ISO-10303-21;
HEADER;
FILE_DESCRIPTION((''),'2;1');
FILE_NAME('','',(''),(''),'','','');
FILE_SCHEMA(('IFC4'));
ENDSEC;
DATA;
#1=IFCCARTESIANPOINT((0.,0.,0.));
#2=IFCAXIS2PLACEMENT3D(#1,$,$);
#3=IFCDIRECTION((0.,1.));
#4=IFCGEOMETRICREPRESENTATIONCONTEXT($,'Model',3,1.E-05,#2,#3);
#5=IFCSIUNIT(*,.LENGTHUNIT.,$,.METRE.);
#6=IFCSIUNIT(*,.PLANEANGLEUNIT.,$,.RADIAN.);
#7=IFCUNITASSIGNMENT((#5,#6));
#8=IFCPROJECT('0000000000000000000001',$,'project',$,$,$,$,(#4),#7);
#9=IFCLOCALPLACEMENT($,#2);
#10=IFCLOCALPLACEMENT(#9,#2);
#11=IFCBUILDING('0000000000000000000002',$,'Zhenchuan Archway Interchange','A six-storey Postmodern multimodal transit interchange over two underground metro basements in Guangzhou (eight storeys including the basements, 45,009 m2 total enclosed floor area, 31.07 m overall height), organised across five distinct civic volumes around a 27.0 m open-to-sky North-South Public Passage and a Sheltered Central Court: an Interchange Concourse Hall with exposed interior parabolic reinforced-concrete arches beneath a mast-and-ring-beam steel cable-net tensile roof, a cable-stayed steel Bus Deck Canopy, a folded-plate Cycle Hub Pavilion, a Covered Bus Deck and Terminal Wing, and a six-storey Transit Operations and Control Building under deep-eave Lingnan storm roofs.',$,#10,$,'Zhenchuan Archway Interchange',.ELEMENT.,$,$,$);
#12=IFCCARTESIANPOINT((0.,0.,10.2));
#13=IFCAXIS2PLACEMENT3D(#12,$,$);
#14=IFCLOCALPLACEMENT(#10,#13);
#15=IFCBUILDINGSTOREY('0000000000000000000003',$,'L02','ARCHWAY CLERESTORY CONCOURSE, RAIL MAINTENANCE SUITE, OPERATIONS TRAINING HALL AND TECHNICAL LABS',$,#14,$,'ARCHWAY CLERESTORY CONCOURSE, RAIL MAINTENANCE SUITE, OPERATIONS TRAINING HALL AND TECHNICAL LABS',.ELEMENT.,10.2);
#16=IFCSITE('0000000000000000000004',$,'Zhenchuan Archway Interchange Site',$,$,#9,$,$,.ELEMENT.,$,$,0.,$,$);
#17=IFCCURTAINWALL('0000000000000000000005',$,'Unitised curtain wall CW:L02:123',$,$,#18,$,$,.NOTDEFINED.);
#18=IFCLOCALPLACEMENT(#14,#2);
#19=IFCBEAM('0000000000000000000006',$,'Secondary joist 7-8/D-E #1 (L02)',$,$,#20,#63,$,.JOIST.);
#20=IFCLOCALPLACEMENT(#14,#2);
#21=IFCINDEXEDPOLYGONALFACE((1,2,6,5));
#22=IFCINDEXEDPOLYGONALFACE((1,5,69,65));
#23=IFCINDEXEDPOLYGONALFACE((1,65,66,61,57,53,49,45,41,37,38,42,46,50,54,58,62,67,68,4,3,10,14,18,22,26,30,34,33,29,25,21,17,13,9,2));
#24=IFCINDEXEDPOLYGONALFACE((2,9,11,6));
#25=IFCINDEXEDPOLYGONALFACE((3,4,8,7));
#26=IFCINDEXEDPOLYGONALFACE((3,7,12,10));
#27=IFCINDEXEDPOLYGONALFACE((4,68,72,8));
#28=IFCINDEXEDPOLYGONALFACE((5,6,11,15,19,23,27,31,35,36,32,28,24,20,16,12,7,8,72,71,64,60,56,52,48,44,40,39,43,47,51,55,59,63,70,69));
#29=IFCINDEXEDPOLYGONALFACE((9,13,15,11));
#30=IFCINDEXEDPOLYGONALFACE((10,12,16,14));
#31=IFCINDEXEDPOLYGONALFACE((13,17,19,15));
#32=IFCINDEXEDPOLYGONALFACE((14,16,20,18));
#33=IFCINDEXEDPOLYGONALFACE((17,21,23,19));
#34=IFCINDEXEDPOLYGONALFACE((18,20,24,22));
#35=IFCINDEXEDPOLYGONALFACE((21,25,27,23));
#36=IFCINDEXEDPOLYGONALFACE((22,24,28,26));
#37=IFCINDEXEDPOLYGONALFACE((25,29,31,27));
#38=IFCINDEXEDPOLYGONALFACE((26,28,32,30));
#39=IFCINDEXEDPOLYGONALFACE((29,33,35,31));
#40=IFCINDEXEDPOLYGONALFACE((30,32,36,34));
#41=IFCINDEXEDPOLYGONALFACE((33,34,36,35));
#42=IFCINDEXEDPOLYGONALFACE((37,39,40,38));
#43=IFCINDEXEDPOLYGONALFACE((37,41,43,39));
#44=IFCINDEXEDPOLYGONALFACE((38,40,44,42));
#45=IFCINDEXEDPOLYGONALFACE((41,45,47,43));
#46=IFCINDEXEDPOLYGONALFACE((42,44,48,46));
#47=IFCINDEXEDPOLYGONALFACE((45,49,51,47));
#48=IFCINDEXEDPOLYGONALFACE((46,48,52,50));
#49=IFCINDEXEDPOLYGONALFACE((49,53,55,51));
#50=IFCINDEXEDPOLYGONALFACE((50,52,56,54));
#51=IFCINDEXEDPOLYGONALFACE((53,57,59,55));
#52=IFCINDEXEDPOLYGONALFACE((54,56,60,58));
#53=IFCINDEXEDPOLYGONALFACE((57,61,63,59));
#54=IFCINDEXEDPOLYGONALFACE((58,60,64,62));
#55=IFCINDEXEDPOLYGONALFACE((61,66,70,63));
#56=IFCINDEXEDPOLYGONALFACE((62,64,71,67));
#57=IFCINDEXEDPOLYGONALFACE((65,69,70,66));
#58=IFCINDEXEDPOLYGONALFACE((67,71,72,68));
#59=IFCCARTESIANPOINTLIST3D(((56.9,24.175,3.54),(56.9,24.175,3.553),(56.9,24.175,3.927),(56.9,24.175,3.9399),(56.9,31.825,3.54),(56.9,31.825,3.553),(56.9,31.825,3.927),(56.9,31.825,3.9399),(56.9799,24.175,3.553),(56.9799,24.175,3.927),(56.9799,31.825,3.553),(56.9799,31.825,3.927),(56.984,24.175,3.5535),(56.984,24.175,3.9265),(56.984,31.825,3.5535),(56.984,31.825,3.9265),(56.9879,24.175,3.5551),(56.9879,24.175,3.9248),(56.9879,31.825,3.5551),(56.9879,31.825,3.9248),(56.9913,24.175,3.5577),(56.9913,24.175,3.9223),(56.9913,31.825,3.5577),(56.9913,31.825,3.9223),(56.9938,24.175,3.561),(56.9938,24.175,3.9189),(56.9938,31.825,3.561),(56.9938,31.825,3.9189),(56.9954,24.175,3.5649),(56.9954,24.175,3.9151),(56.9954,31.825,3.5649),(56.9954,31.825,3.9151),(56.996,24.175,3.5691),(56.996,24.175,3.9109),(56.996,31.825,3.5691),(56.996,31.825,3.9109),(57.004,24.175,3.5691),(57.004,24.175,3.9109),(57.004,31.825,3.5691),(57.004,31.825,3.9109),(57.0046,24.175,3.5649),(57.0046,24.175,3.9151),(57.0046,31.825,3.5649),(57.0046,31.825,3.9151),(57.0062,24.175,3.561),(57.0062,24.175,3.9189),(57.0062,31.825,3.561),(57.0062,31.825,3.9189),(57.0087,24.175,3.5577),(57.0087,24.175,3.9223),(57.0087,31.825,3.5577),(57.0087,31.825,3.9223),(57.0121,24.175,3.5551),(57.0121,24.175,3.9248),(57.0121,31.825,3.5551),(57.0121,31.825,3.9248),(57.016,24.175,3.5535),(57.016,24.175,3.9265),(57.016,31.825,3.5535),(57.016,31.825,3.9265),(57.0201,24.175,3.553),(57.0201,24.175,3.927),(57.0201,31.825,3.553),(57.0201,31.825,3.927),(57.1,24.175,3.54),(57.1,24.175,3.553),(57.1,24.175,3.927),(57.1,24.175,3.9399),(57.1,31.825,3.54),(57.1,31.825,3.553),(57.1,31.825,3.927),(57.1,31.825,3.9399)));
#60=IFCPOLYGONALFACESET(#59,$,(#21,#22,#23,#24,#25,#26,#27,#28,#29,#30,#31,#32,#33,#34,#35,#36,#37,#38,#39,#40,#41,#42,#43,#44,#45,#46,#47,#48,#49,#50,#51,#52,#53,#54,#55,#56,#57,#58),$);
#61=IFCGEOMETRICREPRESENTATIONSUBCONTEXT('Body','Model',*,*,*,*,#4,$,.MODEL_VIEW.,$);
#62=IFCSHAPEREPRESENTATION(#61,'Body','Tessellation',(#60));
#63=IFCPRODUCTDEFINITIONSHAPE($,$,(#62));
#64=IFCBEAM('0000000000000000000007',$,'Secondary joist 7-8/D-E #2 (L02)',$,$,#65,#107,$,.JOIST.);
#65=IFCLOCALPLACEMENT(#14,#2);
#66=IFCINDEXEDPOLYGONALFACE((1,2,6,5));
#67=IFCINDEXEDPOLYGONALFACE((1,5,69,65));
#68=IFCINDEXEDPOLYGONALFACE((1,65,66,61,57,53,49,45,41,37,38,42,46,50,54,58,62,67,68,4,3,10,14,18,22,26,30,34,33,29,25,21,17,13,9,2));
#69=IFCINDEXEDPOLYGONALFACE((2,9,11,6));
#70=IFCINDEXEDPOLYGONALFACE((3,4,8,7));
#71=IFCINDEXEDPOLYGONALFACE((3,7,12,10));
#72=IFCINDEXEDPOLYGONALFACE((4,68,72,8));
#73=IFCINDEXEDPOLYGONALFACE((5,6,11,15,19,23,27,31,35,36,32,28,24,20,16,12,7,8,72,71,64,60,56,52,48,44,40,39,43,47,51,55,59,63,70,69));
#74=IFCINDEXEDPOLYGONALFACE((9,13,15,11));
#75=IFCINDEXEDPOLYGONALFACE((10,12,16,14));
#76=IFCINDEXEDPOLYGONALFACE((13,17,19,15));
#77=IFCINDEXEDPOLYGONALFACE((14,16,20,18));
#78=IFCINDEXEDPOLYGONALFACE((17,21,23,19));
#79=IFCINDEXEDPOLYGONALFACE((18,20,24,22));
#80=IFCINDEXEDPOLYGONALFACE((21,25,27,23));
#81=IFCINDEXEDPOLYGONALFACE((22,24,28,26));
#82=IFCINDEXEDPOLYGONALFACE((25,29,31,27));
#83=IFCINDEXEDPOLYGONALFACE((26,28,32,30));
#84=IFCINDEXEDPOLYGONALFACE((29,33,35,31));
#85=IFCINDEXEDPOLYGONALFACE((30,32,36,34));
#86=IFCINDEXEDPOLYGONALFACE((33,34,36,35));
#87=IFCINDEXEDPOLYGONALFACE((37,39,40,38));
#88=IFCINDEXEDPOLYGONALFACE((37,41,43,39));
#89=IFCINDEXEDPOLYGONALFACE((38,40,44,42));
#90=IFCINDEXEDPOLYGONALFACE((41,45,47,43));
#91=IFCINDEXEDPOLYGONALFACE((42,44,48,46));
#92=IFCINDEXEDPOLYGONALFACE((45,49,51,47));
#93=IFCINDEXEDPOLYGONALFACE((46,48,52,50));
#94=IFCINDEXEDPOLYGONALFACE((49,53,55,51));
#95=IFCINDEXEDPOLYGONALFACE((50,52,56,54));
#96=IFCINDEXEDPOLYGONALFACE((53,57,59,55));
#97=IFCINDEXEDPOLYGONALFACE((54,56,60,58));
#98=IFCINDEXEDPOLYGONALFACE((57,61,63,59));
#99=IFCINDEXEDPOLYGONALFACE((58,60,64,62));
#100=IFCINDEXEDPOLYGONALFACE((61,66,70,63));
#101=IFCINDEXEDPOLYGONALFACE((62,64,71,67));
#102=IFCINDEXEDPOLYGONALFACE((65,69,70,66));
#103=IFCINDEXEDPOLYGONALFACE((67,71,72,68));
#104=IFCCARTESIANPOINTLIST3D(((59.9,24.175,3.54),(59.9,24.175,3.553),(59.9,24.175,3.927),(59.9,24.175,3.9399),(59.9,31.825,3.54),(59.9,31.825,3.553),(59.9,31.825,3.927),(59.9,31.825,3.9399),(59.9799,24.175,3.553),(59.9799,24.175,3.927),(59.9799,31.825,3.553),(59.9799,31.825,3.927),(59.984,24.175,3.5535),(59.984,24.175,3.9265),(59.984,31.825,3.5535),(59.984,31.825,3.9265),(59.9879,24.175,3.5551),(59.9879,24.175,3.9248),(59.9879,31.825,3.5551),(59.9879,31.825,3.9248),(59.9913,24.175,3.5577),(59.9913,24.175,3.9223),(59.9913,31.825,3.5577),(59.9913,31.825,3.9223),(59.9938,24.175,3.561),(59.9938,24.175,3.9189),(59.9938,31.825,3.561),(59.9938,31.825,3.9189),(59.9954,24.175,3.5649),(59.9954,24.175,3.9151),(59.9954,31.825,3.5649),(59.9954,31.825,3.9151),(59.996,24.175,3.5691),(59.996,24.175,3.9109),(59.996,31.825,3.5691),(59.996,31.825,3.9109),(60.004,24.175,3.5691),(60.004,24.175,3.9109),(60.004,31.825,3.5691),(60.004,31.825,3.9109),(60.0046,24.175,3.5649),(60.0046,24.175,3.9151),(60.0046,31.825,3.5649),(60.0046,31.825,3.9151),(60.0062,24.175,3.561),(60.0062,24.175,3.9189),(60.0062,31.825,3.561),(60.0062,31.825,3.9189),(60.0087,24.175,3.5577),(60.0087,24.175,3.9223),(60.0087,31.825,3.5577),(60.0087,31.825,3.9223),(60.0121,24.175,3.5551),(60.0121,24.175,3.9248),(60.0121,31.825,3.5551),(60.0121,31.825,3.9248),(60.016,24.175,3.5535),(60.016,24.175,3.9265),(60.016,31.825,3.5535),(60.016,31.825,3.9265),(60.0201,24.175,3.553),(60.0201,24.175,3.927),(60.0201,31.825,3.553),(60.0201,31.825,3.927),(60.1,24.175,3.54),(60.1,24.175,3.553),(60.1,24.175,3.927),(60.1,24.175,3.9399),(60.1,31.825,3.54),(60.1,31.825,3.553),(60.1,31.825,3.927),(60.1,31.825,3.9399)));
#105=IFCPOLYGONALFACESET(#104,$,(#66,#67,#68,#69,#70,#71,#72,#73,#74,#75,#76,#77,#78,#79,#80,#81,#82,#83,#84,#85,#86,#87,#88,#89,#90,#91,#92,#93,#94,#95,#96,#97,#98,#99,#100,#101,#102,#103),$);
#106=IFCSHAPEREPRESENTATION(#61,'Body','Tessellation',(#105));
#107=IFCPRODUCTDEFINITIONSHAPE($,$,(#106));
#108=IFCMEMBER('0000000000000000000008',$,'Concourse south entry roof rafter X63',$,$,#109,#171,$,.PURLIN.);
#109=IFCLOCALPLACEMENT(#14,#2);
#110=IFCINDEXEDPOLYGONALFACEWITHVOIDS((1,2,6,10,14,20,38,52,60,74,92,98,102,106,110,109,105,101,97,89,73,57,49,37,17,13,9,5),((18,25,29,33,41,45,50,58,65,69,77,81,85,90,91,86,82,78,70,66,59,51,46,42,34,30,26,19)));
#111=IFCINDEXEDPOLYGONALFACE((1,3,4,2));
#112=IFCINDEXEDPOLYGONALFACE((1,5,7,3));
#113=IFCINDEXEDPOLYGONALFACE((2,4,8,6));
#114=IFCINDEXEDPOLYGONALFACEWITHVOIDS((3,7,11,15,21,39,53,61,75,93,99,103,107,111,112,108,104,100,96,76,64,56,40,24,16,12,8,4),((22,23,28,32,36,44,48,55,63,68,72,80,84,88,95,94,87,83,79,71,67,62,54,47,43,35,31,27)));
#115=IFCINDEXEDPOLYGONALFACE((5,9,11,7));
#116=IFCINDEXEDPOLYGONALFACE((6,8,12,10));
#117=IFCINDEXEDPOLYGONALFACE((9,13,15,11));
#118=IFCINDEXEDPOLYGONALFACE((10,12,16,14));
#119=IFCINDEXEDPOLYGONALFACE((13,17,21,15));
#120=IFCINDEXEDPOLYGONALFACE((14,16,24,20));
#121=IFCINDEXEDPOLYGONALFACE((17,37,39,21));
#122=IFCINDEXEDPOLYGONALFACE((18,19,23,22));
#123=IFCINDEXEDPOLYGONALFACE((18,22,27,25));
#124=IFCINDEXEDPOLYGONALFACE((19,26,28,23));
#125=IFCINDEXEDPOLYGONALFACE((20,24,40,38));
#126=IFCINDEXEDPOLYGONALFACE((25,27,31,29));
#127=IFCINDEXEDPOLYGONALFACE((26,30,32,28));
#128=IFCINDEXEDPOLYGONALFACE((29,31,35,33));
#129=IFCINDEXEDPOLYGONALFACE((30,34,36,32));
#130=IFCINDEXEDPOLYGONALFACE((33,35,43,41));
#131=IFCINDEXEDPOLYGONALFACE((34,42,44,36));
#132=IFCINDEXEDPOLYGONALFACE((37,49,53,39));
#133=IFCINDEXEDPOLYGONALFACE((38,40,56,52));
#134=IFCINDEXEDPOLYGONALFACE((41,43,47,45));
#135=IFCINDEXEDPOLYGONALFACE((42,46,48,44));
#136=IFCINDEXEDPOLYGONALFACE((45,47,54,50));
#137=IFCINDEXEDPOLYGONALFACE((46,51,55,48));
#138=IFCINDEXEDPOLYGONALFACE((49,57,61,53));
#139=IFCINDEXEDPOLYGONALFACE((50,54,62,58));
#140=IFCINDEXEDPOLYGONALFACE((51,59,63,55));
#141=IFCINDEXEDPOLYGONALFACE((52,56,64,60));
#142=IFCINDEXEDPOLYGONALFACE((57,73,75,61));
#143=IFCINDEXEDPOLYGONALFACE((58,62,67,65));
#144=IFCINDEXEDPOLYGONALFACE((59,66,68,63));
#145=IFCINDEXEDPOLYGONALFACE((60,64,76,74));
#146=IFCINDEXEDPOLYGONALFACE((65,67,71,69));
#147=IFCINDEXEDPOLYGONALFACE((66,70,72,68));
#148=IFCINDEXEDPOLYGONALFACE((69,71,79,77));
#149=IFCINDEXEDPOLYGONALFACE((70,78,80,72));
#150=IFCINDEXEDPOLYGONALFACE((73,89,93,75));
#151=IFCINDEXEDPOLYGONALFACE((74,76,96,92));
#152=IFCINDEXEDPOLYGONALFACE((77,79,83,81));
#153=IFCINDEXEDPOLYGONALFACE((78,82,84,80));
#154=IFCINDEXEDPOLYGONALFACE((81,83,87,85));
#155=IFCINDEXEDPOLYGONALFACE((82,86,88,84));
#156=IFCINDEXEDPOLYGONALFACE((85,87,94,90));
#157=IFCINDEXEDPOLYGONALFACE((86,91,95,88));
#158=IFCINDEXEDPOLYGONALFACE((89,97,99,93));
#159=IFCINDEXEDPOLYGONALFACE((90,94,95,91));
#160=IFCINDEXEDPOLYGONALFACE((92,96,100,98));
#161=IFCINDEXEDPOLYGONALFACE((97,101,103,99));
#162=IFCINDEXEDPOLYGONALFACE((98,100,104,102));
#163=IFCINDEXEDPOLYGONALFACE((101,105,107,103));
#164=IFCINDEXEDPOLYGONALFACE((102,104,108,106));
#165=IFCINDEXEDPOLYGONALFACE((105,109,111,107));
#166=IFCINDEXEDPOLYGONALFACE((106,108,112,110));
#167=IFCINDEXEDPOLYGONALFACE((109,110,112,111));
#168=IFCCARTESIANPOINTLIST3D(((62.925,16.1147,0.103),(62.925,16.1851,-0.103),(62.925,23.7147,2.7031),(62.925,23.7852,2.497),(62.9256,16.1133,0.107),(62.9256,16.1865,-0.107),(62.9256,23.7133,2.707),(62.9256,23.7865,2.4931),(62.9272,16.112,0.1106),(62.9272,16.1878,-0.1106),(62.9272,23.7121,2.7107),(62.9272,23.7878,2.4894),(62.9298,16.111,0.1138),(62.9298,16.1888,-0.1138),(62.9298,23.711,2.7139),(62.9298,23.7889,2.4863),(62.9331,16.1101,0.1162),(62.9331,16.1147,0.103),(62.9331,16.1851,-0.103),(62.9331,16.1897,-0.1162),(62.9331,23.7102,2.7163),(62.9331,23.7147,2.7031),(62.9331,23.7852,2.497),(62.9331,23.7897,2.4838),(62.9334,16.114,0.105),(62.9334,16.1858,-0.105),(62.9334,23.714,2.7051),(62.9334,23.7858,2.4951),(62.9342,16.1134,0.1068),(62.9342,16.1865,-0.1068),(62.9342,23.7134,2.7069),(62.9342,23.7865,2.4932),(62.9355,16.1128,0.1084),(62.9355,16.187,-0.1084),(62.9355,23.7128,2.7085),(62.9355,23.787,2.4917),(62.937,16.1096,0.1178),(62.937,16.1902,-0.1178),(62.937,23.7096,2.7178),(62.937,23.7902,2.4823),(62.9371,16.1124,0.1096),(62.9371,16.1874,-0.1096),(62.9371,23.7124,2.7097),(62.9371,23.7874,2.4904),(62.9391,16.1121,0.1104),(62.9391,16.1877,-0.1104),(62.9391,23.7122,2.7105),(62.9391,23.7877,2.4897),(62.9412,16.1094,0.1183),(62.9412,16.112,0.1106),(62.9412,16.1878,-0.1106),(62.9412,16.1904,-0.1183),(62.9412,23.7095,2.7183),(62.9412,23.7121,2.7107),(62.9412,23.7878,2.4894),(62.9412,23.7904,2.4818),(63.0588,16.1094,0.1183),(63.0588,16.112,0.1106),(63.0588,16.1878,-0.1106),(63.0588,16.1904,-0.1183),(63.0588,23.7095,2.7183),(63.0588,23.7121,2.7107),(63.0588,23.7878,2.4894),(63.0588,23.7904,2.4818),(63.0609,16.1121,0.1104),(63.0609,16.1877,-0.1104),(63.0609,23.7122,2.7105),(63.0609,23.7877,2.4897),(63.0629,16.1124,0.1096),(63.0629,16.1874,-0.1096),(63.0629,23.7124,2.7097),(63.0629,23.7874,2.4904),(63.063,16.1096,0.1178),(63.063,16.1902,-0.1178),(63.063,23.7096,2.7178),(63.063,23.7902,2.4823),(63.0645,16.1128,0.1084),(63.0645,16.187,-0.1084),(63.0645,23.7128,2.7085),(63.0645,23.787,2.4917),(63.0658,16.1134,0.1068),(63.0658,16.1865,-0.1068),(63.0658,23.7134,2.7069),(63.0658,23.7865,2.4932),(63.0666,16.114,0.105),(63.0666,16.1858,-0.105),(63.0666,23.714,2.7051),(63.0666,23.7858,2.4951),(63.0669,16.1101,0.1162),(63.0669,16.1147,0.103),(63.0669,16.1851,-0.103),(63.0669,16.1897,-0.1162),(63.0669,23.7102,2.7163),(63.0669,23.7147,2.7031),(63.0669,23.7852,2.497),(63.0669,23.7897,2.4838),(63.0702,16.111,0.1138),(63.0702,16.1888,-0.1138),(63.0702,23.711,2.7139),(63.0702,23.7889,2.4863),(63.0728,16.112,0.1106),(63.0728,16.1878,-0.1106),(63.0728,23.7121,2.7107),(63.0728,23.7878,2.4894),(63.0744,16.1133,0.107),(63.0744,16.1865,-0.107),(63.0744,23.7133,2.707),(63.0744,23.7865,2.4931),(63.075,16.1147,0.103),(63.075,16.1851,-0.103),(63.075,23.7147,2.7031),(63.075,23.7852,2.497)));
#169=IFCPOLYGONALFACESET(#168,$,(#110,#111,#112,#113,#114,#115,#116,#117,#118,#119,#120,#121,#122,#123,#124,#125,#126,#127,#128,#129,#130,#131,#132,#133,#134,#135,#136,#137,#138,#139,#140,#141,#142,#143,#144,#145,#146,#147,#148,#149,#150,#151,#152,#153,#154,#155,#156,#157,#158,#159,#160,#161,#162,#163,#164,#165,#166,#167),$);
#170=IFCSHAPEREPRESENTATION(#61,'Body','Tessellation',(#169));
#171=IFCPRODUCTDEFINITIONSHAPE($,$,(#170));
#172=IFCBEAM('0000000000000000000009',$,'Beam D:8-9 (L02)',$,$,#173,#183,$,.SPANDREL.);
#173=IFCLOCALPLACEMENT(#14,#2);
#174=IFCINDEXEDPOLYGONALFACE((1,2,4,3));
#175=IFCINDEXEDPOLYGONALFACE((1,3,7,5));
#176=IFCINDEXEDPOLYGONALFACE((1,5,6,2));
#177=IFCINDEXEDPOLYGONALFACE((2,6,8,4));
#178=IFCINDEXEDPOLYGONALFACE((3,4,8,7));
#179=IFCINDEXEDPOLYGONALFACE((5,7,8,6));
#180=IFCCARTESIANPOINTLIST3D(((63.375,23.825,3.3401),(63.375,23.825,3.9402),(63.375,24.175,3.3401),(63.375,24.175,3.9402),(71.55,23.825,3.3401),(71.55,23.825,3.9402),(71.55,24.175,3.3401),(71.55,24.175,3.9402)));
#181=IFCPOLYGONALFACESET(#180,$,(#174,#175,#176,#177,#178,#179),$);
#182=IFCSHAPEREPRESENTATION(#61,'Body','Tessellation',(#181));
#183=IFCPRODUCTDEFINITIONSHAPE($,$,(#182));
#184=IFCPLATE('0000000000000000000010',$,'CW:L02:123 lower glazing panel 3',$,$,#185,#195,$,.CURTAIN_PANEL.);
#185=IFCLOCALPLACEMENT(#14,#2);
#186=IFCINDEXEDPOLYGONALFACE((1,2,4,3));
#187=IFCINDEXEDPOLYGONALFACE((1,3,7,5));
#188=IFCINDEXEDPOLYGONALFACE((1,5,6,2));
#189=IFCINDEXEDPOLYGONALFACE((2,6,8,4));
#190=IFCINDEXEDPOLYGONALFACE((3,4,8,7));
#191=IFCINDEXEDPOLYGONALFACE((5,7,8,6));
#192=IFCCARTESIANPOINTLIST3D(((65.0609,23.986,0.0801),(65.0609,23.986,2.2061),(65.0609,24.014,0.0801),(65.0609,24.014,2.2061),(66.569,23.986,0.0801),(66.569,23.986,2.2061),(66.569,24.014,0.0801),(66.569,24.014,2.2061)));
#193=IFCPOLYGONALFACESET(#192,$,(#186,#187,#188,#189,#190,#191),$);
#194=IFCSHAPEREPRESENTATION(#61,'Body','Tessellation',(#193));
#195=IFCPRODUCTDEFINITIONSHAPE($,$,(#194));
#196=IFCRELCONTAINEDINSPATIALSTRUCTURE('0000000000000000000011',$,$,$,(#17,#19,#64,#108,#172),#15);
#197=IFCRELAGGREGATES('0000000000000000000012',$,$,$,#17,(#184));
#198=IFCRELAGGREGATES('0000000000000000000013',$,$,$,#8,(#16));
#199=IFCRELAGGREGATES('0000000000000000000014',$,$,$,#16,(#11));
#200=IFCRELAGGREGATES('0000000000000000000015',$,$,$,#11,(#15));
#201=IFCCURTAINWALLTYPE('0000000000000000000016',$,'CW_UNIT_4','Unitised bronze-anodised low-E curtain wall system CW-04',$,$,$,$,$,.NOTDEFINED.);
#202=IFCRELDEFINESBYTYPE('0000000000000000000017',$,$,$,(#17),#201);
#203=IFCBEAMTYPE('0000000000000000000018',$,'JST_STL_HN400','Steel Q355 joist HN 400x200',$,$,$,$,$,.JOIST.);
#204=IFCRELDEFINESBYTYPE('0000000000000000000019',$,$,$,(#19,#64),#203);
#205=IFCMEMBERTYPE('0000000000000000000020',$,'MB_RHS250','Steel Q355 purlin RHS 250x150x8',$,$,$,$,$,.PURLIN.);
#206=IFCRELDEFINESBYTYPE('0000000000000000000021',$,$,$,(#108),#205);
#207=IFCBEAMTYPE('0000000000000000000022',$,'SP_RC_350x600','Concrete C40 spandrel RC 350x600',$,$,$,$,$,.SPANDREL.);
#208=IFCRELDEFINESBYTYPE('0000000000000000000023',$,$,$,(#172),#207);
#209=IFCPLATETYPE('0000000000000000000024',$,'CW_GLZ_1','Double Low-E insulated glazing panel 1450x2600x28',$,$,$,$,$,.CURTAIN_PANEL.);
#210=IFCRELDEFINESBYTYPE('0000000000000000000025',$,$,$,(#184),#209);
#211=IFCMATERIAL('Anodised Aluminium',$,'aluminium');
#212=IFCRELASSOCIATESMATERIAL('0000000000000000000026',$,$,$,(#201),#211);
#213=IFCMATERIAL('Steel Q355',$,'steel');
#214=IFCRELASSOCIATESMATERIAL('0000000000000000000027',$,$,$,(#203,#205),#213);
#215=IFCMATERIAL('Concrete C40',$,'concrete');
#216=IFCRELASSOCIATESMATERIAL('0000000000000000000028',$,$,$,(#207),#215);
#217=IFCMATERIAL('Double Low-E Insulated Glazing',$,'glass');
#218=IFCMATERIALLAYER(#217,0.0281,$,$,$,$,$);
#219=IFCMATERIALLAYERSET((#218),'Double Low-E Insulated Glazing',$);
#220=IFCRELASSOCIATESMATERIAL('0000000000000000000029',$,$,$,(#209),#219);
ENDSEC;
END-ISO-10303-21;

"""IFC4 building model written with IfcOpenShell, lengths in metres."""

from ifc_helpers import new_model, si_unit, direction, frame, origin, origin_2d, place, context, subcontext, project, spatial, rectangle, hollow_rectangle, i_section, extrude, material, layer, layer_set, material_profile, profile_set, type_object, element, aggregate, save


model = new_model("IFC4")

# Units and contexts
model_context = context("Model", 3, precision=1e-05, world=origin(), true_north=direction((0.0, 1.0)))
body_context = subcontext(model_context, "Body", "Model", "MODEL_VIEW")
ifc_project = project(units=[si_unit("LENGTHUNIT", "METRE"), si_unit("PLANEANGLEUNIT", "RADIAN")], contexts=[model_context])

# Site, building, storey
site_placement = place(None, origin())
site = spatial("IfcSite", under=ifc_project, at=site_placement, Name="Zhenchuan Archway Interchange Site", CompositionType="ELEMENT", RefElevation=0.0)
building_placement = place(site_placement, origin())
building = spatial("IfcBuilding", under=site, at=building_placement, Name="Zhenchuan Archway Interchange", Description="A six-storey Postmodern multimodal transit interchange over two underground metro basements in Guangzhou (eight storeys including the basements, 45,009 m2 total enclosed floor area, 31.07 m overall height), organised across five distinct civic volumes around a 27.0 m open-to-sky North-South Public Passage and a Sheltered Central Court: an Interchange Concourse Hall with exposed interior parabolic reinforced-concrete arches beneath a mast-and-ring-beam steel cable-net tensile roof, a cable-stayed steel Bus Deck Canopy, a folded-plate Cycle Hub Pavilion, a Covered Bus Deck and Terminal Wing, and a six-storey Transit Operations and Control Building under deep-eave Lingnan storm roofs.", LongName="Zhenchuan Archway Interchange", CompositionType="ELEMENT")
storey_placement = place(building_placement, frame((0.0, 0.0, 10.2)))
storey = spatial("IfcBuildingStorey", under=building, at=storey_placement, Name="L02", Description="ARCHWAY CLERESTORY CONCOURSE, RAIL MAINTENANCE SUITE, OPERATIONS TRAINING HALL AND TECHNICAL LABS", LongName="ARCHWAY CLERESTORY CONCOURSE, RAIL MAINTENANCE SUITE, OPERATIONS TRAINING HALL AND TECHNICAL LABS", CompositionType="ELEMENT", Elevation=10.2)

# Shared definitions
ifc_material_1 = material(Name="Concrete C40", Category="concrete")

# Curtain wall
ifc_material_2 = material(Name="Anodised Aluminium", Category="aluminium")
curtain_wall_type = type_object("IfcCurtainWallType", Name="CW_UNIT_4", Description="Unitised bronze-anodised low-E curtain wall system CW-04", PredefinedType="NOTDEFINED", material=ifc_material_2)
curtain_wall_placement = place(storey_placement, origin())
curtain_wall = element("IfcCurtainWall", 1, at=curtain_wall_placement, inside=storey, type_object=curtain_wall_type, Name="Unitised curtain wall CW:L02:123", PredefinedType="NOTDEFINED")

# Beams
ifc_material_3 = material(Name="Steel Q355", Category="steel")
ifc_material_profile_1 = material_profile(ifc_material_3, i_section(OverallWidth=0.2, OverallDepth=0.3999, WebThickness=0.0081, FlangeThickness=0.0129, FilletRadius=0.0161, at=origin_2d()), Name="HN 400x200")
ifc_profile_set_1 = profile_set([ifc_material_profile_1], Name="Steel Q355")
beam_type_1 = type_object("IfcBeamType", Name="JST_STL_HN400", Description="Steel Q355 joist HN 400x200", PredefinedType="JOIST", material=ifc_profile_set_1)
for number, where, z_axis, x_axis, name in (
    (2, (57.0, 24.175, 3.74), (0.0, 1.0, 0.0), (-1.0, 0.0, 0.0), "Secondary joist 7-8/D-E #1 (L02)"),
    (3, (60.0, 24.175, 3.74), (0.0, 1.0, 0.0), (-1.0, 0.0, 0.0), "Secondary joist 7-8/D-E #2 (L02)"),
):
    element("IfcBeam", number, at=place(storey_placement, frame(where, z_axis=z_axis, x_axis=x_axis)), inside=storey, type_object=beam_type_1, Name=name, PredefinedType="JOIST", context=body_context, shape_type="SweptSolid", body=[
        extrude(i_section(OverallWidth=0.2, OverallDepth=0.3999, WebThickness=0.0081, FlangeThickness=0.0129, FilletRadius=0.0161, at=origin_2d()), origin(), (0.0, 0.0, 1.0), 7.6499),
    ])

# Member
ifc_material_profile_2 = material_profile(ifc_material_3, hollow_rectangle(XDim=0.1499, YDim=0.25, WallThickness=0.0081, InnerFilletRadius=0.0081, OuterFilletRadius=0.0161, at=origin_2d()), Name="RHS 250x150x8")
ifc_profile_set_2 = profile_set([ifc_material_profile_2], Name="Steel Q355")
member_type_1 = type_object("IfcMemberType", Name="MB_RHS250", Description="Steel Q355 purlin RHS 250x150x8", PredefinedType="PURLIN", material=ifc_profile_set_2)
member_1_placement = place(storey_placement, frame((63.0, 16.1499, 0.0), z_axis=(0.0, 0.946162, 0.323695), x_axis=(-1.0, 0.0, 0.0)))
element("IfcMember", 4, at=member_1_placement, inside=storey, type_object=member_type_1, Name="Concourse south entry roof rafter X63", PredefinedType="PURLIN", context=body_context, shape_type="SweptSolid", body=[
    extrude(hollow_rectangle(XDim=0.1499, YDim=0.25, WallThickness=0.0081, InnerFilletRadius=0.0081, OuterFilletRadius=0.0161, at=origin_2d()), origin(), (0.0, 0.0, 1.0), 8.0325),
])

# Beam
ifc_material_profile_3 = material_profile(ifc_material_1, rectangle(XDim=0.3501, YDim=0.6001, at=origin_2d()), Name="RC 350x600")
ifc_profile_set_3 = profile_set([ifc_material_profile_3], Name="Concrete C40")
beam_type_2 = type_object("IfcBeamType", Name="SP_RC_350x600", Description="Concrete C40 spandrel RC 350x600", PredefinedType="SPANDREL", material=ifc_profile_set_3)
beam_1_placement = place(storey_placement, frame((63.375, 24.0, 3.6401), z_axis=(1.0, 0.0, 0.0), x_axis=(0.0, 1.0, 0.0)))
element("IfcBeam", 5, at=beam_1_placement, inside=storey, type_object=beam_type_2, Name="Beam D:8-9 (L02)", PredefinedType="SPANDREL", context=body_context, shape_type="SweptSolid", body=[
    extrude(rectangle(XDim=0.3501, YDim=0.6001, at=origin_2d()), origin(), (0.0, 0.0, 1.0), 8.175),
])

# Plate
ifc_material_4 = material(Name="Double Low-E Insulated Glazing", Category="glass")
ifc_layer_1 = layer(ifc_material_4, 0.0281)
ifc_layer_set_1 = layer_set([ifc_layer_1], Name="Double Low-E Insulated Glazing")
plate_type_1 = type_object("IfcPlateType", Name="CW_GLZ_1", Description="Double Low-E insulated glazing panel 1450x2600x28", PredefinedType="CURTAIN_PANEL", material=ifc_layer_set_1)
plate_1_placement = place(storey_placement, frame((65.8149, 24.0, 0.0801), z_axis=(0.0, 0.0, 1.0), x_axis=(-1.0, 0.0, 0.0)))
plate_1 = element("IfcPlate", 6, at=plate_1_placement, type_object=plate_type_1, Name="CW:L02:123 lower glazing panel 3", PredefinedType="CURTAIN_PANEL", context=body_context, shape_type="SweptSolid", body=[
    extrude(rectangle(XDim=1.5081, YDim=0.0281, at=origin_2d()), origin(), (0.0, 0.0, 1.0), 2.126),
])
aggregate(curtain_wall, [plate_1])

save(model, "model.ifc")
